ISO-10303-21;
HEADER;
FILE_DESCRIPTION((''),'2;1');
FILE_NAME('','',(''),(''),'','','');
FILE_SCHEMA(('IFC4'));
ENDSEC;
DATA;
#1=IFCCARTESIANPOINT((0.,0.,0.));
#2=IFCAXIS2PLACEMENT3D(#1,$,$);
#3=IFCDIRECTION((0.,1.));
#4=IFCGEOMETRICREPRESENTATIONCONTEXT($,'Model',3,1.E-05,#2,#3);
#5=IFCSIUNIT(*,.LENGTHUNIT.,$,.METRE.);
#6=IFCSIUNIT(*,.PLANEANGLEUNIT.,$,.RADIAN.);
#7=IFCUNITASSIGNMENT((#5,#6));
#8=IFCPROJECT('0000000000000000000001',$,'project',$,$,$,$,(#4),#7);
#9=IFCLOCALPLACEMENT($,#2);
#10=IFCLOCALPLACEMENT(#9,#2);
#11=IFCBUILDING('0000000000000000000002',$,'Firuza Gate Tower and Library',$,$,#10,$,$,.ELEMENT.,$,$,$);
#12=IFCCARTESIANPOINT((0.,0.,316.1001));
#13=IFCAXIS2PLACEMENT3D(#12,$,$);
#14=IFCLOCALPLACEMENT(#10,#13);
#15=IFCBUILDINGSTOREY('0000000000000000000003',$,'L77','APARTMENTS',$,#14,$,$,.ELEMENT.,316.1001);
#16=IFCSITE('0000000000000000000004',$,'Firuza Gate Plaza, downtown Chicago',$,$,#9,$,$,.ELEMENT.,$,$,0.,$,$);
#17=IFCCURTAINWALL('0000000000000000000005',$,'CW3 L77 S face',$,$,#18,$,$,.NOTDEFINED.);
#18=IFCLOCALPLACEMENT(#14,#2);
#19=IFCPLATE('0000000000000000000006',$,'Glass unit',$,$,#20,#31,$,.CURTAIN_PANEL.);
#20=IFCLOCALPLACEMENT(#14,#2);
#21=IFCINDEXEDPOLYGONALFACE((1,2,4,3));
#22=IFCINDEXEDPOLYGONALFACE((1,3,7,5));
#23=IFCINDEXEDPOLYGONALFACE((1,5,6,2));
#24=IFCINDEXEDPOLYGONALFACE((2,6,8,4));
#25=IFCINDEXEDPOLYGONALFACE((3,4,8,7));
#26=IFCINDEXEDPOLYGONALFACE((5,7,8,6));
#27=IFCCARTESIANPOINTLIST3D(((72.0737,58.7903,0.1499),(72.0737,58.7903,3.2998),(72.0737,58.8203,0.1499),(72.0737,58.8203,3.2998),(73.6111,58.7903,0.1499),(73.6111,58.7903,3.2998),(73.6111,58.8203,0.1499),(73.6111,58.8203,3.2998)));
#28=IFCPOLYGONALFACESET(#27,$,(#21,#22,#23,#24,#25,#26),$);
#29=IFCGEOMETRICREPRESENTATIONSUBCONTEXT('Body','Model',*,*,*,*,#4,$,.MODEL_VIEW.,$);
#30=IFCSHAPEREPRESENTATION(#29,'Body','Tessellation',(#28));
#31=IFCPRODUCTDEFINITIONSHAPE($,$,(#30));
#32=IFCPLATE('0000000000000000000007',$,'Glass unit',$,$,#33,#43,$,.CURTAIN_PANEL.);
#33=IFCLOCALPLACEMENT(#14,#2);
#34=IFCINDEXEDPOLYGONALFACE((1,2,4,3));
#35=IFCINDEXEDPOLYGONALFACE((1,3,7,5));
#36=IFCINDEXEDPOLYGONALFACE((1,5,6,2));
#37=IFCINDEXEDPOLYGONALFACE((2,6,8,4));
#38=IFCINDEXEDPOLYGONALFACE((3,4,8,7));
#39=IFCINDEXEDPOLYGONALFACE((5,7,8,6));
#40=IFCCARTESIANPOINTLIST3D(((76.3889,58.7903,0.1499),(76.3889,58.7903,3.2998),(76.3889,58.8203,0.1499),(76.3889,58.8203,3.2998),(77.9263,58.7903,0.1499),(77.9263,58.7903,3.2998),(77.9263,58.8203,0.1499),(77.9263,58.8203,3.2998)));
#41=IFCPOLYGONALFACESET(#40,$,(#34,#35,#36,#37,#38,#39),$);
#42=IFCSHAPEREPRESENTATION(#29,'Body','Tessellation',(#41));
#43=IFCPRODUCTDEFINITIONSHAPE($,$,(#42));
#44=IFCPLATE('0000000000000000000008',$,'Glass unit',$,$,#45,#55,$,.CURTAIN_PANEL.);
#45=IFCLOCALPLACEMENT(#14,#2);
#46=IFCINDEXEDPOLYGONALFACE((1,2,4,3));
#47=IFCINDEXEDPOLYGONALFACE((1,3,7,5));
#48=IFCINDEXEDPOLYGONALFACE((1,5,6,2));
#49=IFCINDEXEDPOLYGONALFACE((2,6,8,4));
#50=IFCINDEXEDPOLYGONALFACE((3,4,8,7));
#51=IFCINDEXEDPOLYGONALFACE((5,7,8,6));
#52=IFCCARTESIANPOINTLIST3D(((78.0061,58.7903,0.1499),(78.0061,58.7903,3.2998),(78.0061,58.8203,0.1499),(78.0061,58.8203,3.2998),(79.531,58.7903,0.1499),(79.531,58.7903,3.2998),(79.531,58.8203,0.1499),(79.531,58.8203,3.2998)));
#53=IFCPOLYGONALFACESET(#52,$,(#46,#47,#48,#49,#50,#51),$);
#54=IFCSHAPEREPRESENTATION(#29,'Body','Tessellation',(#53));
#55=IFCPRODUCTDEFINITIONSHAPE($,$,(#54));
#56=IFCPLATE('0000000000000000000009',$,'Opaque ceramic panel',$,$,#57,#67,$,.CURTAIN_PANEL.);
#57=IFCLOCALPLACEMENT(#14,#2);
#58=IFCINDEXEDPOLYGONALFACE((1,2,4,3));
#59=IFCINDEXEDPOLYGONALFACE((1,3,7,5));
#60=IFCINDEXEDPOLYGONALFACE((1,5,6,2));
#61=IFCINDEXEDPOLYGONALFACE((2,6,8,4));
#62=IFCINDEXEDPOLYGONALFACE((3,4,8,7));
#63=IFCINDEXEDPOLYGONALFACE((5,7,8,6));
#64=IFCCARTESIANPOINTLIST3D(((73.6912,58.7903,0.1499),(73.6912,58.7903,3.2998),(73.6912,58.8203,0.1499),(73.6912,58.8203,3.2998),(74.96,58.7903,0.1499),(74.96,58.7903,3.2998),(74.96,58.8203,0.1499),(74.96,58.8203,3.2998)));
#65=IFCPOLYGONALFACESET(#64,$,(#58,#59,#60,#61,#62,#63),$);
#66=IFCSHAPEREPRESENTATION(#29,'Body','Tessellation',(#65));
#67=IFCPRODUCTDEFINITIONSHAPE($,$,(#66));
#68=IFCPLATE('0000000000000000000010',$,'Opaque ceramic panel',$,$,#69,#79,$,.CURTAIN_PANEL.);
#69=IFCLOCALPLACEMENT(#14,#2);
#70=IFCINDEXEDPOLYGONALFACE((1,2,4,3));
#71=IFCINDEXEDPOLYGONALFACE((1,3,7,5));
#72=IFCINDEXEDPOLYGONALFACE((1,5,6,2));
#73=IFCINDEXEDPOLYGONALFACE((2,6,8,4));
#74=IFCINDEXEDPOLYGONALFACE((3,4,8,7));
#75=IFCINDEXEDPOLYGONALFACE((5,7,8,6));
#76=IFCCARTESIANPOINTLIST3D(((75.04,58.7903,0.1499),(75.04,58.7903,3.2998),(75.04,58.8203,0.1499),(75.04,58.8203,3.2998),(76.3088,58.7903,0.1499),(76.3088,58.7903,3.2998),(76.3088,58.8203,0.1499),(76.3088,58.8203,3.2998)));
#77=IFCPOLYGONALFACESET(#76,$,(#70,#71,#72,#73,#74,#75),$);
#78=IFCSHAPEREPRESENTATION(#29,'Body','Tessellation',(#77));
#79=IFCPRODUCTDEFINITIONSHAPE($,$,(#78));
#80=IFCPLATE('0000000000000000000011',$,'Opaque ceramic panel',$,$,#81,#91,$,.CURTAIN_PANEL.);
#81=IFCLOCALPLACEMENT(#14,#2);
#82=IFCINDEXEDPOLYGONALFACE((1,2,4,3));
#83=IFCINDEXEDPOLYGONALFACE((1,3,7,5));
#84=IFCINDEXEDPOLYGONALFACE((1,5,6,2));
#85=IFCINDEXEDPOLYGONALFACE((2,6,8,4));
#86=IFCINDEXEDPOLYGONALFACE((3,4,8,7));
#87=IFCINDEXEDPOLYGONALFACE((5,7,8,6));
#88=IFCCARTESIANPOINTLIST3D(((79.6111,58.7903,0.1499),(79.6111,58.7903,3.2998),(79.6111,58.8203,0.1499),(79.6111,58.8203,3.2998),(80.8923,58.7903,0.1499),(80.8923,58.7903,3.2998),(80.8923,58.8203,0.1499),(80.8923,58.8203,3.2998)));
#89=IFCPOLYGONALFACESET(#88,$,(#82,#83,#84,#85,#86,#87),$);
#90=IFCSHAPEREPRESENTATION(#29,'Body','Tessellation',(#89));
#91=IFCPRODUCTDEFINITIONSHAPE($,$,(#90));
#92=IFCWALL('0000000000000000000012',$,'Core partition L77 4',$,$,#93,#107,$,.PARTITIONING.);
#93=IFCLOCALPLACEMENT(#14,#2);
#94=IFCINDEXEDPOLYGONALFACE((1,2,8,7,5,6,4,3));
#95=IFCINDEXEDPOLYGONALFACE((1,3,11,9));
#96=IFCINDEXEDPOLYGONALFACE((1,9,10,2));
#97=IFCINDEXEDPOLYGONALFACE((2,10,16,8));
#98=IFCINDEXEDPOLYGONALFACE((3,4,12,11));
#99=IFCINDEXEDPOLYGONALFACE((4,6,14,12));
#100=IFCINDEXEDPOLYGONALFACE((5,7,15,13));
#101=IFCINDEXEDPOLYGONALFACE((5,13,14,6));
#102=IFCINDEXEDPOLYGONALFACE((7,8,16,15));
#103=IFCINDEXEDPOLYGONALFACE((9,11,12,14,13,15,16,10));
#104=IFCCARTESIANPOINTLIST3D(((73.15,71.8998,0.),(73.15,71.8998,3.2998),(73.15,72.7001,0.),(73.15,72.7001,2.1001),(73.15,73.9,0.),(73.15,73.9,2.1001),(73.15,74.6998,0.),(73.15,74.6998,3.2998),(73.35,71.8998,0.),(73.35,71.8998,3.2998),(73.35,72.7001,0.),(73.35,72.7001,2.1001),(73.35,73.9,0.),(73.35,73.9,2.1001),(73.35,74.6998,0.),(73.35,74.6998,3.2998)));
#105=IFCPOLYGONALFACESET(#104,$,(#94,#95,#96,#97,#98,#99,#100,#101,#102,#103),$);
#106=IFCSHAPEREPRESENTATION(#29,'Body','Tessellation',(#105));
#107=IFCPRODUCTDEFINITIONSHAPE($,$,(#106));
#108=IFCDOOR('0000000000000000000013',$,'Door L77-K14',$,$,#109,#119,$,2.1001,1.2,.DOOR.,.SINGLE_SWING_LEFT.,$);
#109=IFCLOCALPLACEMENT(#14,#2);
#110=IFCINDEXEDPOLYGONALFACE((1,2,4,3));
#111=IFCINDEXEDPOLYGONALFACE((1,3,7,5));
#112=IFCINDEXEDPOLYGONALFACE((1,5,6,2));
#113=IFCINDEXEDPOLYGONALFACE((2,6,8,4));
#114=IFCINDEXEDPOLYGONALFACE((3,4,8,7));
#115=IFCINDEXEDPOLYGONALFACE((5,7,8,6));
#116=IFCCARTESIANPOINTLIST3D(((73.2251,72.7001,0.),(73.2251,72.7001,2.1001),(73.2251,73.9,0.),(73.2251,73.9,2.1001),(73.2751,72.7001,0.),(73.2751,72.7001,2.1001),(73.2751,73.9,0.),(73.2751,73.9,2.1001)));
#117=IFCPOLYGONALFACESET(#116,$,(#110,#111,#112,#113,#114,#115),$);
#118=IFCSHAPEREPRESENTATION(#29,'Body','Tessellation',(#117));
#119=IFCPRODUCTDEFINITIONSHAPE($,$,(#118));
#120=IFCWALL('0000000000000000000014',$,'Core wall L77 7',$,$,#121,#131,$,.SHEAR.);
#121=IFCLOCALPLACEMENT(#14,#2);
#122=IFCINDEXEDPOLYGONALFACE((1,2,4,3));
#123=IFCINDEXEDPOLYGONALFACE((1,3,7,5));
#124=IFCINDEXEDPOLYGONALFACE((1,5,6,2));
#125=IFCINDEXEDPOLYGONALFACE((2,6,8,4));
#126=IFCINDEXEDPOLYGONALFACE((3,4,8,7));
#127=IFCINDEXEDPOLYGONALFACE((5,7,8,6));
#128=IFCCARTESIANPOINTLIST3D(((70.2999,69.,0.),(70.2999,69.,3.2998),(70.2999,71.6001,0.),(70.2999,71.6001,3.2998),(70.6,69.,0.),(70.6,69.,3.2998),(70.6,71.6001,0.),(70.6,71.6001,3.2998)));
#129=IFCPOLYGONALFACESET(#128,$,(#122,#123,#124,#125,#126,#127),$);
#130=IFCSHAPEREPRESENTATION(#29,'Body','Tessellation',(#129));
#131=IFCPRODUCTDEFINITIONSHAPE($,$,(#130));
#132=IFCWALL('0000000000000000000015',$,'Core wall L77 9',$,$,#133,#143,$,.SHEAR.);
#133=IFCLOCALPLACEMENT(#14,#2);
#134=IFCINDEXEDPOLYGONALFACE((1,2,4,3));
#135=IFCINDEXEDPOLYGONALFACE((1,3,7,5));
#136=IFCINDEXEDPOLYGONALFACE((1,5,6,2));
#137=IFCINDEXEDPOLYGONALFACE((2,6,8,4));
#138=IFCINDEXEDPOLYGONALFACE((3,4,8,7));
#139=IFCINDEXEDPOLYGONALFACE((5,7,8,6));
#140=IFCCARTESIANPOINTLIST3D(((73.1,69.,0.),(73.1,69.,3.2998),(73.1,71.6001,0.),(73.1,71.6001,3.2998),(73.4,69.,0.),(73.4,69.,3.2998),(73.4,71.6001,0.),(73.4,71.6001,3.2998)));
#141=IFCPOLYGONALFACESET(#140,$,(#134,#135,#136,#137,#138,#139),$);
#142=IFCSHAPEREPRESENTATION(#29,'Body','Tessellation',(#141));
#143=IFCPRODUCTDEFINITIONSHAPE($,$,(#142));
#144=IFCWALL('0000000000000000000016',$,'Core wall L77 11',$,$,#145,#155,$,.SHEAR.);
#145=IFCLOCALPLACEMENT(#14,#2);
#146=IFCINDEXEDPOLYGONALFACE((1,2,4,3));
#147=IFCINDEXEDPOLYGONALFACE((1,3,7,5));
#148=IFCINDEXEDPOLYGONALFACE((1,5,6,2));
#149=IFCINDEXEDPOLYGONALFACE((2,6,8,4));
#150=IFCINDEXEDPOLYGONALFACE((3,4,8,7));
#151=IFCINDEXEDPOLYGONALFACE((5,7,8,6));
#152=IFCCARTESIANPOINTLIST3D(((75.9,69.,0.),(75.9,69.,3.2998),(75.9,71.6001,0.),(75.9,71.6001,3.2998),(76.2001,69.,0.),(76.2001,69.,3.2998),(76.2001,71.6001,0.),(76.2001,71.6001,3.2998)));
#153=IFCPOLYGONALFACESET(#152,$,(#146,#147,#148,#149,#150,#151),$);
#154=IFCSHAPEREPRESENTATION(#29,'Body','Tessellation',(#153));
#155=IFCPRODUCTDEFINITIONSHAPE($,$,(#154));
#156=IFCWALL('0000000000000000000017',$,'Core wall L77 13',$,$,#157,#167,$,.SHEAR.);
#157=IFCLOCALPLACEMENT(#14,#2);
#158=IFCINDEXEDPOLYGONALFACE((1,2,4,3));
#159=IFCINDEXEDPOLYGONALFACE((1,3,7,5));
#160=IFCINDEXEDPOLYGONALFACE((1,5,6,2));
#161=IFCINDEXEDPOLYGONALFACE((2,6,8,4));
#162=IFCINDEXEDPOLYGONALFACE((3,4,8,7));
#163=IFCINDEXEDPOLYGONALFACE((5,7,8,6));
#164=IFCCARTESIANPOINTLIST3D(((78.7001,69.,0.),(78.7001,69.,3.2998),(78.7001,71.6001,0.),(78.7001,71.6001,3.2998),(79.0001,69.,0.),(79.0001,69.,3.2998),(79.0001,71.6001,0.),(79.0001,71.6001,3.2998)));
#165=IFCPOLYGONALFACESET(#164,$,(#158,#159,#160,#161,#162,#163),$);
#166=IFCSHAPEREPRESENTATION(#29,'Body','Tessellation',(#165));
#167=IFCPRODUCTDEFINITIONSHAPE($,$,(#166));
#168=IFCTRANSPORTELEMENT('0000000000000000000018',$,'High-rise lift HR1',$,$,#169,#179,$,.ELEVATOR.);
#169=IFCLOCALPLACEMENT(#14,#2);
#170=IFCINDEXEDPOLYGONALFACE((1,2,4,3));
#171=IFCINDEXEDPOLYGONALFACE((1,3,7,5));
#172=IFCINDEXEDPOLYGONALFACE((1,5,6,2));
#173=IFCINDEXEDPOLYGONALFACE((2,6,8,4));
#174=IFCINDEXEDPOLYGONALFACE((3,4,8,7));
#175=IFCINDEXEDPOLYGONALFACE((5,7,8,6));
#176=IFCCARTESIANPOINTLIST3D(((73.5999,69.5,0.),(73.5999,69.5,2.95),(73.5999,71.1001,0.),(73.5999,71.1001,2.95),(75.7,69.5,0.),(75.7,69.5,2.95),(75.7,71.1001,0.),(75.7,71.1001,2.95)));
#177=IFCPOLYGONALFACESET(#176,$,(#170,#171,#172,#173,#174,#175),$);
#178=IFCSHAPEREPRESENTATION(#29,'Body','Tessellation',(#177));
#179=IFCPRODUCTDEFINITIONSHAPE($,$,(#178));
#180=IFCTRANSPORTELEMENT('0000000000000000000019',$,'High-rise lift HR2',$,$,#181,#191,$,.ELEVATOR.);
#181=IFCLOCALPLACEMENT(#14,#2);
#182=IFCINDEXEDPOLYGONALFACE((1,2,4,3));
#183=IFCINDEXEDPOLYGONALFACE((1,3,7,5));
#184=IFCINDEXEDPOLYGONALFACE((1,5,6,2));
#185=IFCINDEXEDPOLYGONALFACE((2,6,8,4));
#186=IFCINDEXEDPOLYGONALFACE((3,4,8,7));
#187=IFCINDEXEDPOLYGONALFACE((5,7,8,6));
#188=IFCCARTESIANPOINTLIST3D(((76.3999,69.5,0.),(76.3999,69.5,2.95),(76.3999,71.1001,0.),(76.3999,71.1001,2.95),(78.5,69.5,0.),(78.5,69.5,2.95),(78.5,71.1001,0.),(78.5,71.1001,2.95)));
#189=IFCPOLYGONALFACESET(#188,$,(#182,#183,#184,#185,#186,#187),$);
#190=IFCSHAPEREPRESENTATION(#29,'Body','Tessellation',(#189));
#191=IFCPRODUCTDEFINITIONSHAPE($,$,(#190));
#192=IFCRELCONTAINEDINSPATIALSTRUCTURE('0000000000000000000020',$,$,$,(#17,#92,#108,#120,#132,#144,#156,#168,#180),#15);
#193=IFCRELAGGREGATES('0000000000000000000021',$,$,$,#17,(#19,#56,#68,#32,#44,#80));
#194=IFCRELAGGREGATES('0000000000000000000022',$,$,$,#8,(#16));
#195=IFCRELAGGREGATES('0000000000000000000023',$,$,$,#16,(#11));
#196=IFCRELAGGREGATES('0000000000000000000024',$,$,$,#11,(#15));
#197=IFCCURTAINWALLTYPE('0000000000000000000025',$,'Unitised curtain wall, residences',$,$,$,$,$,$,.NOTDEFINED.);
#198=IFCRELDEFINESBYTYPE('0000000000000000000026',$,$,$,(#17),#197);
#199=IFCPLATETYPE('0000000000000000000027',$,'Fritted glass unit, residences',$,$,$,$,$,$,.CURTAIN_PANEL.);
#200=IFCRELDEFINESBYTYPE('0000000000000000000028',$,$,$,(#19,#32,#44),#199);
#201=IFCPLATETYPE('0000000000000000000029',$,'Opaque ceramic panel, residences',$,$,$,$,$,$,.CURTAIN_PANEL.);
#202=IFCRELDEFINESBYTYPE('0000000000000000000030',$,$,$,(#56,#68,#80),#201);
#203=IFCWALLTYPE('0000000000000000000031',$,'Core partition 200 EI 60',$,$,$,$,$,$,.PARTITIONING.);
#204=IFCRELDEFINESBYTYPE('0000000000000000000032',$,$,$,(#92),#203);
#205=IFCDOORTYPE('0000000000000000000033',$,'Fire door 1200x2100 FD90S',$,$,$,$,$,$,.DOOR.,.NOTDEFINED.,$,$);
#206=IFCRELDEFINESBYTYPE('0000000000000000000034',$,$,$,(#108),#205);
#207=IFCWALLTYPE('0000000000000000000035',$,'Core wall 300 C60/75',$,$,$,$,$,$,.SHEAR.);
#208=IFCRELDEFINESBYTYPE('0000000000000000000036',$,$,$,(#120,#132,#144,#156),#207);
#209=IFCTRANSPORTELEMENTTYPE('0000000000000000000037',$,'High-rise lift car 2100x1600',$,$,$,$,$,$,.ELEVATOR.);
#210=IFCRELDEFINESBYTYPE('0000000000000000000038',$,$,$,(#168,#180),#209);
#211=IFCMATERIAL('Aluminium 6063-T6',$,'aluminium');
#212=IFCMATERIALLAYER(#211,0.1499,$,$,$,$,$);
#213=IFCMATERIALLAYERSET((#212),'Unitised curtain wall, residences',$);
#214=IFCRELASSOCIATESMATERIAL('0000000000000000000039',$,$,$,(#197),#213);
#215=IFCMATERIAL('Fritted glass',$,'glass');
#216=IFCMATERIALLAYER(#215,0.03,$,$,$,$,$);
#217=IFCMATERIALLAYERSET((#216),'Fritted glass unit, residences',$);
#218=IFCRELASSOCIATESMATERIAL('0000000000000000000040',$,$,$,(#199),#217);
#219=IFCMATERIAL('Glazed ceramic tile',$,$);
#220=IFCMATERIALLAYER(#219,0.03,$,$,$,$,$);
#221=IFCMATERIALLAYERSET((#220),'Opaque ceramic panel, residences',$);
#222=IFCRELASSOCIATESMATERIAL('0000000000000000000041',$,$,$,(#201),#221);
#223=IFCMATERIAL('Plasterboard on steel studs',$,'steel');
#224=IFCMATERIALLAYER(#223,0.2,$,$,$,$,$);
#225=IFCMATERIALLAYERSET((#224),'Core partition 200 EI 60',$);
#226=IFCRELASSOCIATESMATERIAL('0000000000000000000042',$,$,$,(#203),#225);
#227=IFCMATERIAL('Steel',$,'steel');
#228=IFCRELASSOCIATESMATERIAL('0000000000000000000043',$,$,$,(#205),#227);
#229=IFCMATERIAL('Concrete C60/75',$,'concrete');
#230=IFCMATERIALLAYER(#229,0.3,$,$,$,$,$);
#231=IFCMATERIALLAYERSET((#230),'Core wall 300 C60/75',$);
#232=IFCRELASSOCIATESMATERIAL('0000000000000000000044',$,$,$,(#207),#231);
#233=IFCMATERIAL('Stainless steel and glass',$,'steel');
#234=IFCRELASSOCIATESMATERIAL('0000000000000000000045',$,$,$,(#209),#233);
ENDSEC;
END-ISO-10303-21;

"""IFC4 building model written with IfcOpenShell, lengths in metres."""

from ifc_helpers import new_model, si_unit, direction, frame, frame_2d, origin, origin_2d, place, context, subcontext, project, spatial, polyline, rectangle, outline, extrude, material, layer, layer_set, type_object, element, fill, aggregate, save


model = new_model("IFC4")

# Units and contexts
model_context = context("Model", 3, precision=1e-05, world=origin(), true_north=direction((0.0, 1.0)))
body_context = subcontext(model_context, "Body", "Model", "MODEL_VIEW")
ifc_project = project(units=[si_unit("LENGTHUNIT", "METRE"), si_unit("PLANEANGLEUNIT", "RADIAN")], contexts=[model_context])

# Site, building, storey
site_placement = place(None, origin())
site = spatial("IfcSite", under=ifc_project, at=site_placement, Name="Firuza Gate Plaza, downtown Chicago", CompositionType="ELEMENT", RefElevation=0.0)
building_placement = place(site_placement, origin())
building = spatial("IfcBuilding", under=site, at=building_placement, Name="Firuza Gate Tower and Library", CompositionType="ELEMENT")
storey_placement = place(building_placement, frame((0.0, 0.0, 316.1001)))
storey = spatial("IfcBuildingStorey", under=building, at=storey_placement, Name="L77", Description="APARTMENTS", CompositionType="ELEMENT", Elevation=316.1001)

# Curtain wall
ifc_material_1 = material(Name="Aluminium 6063-T6", Category="aluminium")
ifc_layer_1 = layer(ifc_material_1, 0.1499)
ifc_layer_set_1 = layer_set([ifc_layer_1], Name="Unitised curtain wall, residences")
curtain_wall_type = type_object("IfcCurtainWallType", Name="Unitised curtain wall, residences", PredefinedType="NOTDEFINED", material=ifc_layer_set_1)
curtain_wall_placement = place(storey_placement, origin())
curtain_wall = element("IfcCurtainWall", 1, at=curtain_wall_placement, inside=storey, type_object=curtain_wall_type, Name="CW3 L77 S face", PredefinedType="NOTDEFINED")

# Plates
ifc_material_2 = material(Name="Fritted glass", Category="glass")
ifc_layer_2 = layer(ifc_material_2, 0.03)
ifc_layer_set_2 = layer_set([ifc_layer_2], Name="Fritted glass unit, residences")
plate_type_1 = type_object("IfcPlateType", Name="Fritted glass unit, residences", PredefinedType="CURTAIN_PANEL", material=ifc_layer_set_2)
plate_1_placement = place(storey_placement, frame((72.0737, 58.7903, 0.1499), z_axis=(0.0, -1.0, 0.0), x_axis=(1.0, 0.0, 0.0)))
plate_1 = element("IfcPlate", 2, at=plate_1_placement, type_object=plate_type_1, Name="Glass unit", PredefinedType="CURTAIN_PANEL", context=body_context, shape_type="SweptSolid", body=[
    extrude(outline(polyline([(0.0, 0.0), (1.5374, 0.0), (1.5374, 3.1499), (0.0, 3.1499), (0.0, 0.0)])), origin(), (0.0, 0.0, -1.0), 0.03),
])
plate_2_placement = place(storey_placement, frame((76.3889, 58.7903, 0.1499), z_axis=(0.0, -1.0, 0.0), x_axis=(1.0, 0.0, 0.0)))
plate_2 = element("IfcPlate", 3, at=plate_2_placement, type_object=plate_type_1, Name="Glass unit", PredefinedType="CURTAIN_PANEL", context=body_context, shape_type="SweptSolid", body=[
    extrude(outline(polyline([(0.0, 0.0), (1.5374, 0.0), (1.5374, 3.1499), (0.0, 3.1499), (0.0, 0.0)])), origin(), (0.0, 0.0, -1.0), 0.03),
])
plate_3_placement = place(storey_placement, frame((78.0061, 58.7903, 0.1499), z_axis=(0.0, -1.0, 0.0), x_axis=(1.0, 0.0, 0.0)))
plate_3 = element("IfcPlate", 4, at=plate_3_placement, type_object=plate_type_1, Name="Glass unit", PredefinedType="CURTAIN_PANEL", context=body_context, shape_type="SweptSolid", body=[
    extrude(outline(polyline([(0.0, 0.0), (1.5249, 0.0), (1.5249, 3.1499), (0.0, 3.1499), (0.0, 0.0)])), origin(), (0.0, 0.0, -1.0), 0.03),
])
ifc_material_3 = material(Name="Glazed ceramic tile")
ifc_layer_3 = layer(ifc_material_3, 0.03)
ifc_layer_set_3 = layer_set([ifc_layer_3], Name="Opaque ceramic panel, residences")
plate_type_2 = type_object("IfcPlateType", Name="Opaque ceramic panel, residences", PredefinedType="CURTAIN_PANEL", material=ifc_layer_set_3)
plate_4_placement = place(storey_placement, frame((73.6912, 58.7903, 0.1499), z_axis=(0.0, -1.0, 0.0), x_axis=(1.0, 0.0, 0.0)))
plate_4 = element("IfcPlate", 5, at=plate_4_placement, type_object=plate_type_2, Name="Opaque ceramic panel", PredefinedType="CURTAIN_PANEL", context=body_context, shape_type="SweptSolid", body=[
    extrude(outline(polyline([(0.0, 0.0), (1.2688, 0.0), (1.2688, 3.1499), (0.0, 3.1499), (0.0, 0.0)])), origin(), (0.0, 0.0, -1.0), 0.03),
])
plate_5_placement = place(storey_placement, frame((75.04, 58.7903, 0.1499), z_axis=(0.0, -1.0, 0.0), x_axis=(1.0, 0.0, 0.0)))
plate_5 = element("IfcPlate", 6, at=plate_5_placement, type_object=plate_type_2, Name="Opaque ceramic panel", PredefinedType="CURTAIN_PANEL", context=body_context, shape_type="SweptSolid", body=[
    extrude(outline(polyline([(0.0, 0.0), (1.2688, 0.0), (1.2688, 3.1499), (0.0, 3.1499), (0.0, 0.0)])), origin(), (0.0, 0.0, -1.0), 0.03),
])
plate_6_placement = place(storey_placement, frame((79.6111, 58.7903, 0.1499), z_axis=(0.0, -1.0, 0.0), x_axis=(1.0, 0.0, 0.0)))
plate_6 = element("IfcPlate", 7, at=plate_6_placement, type_object=plate_type_2, Name="Opaque ceramic panel", PredefinedType="CURTAIN_PANEL", context=body_context, shape_type="SweptSolid", body=[
    extrude(outline(polyline([(0.0, 0.0), (1.2812, 0.0), (1.2812, 3.1499), (0.0, 3.1499), (0.0, 0.0)])), origin(), (0.0, 0.0, -1.0), 0.03),
])
aggregate(curtain_wall, [plate_1, plate_4, plate_5, plate_2, plate_3, plate_6])

# Wall, opening, door
ifc_material_4 = material(Name="Plasterboard on steel studs", Category="steel")
ifc_layer_4 = layer(ifc_material_4, 0.2)
ifc_layer_set_4 = layer_set([ifc_layer_4], Name="Core partition 200 EI 60")
wall_type_1 = type_object("IfcWallType", Name="Core partition 200 EI 60", PredefinedType="PARTITIONING", material=ifc_layer_set_4)
wall_placement = place(storey_placement, frame((73.25, 71.8999, 0.0), z_axis=(0.0, 0.0, 1.0), x_axis=(0.0, 1.0, 0.0)))
wall = element("IfcWall", 8, at=wall_placement, inside=storey, type_object=wall_type_1, Name="Core partition L77 4", PredefinedType="PARTITIONING", context=body_context, shape_type="SweptSolid", body=[
    extrude(rectangle(XDim=2.8, YDim=0.2, at=frame_2d((1.3999, 0.0))), origin(), (0.0, 0.0, 1.0), 3.2998),
])
opening_placement = place(wall_placement, frame((0.8, 0.0, 0.0)))
opening = element("IfcOpeningElement", 9, at=opening_placement, cuts=wall, PredefinedType="OPENING", context=body_context, shape_type="SweptSolid", body=[
    extrude(rectangle(XDim=1.2, YDim=2.1001, at=frame_2d((0.6001, 1.05))), frame((0.0, 0.1099, 0.0), z_axis=(0.0, -1.0, 0.0), x_axis=(1.0, 0.0, 0.0)), (0.0, 0.0, 1.0), 0.22),
])
ifc_material_5 = material(Name="Steel", Category="steel")
door_type = type_object("IfcDoorType", Name="Fire door 1200x2100 FD90S", OperationType="NOTDEFINED", PredefinedType="DOOR", material=ifc_material_5)
door_placement = place(opening_placement, origin())
door = element("IfcDoor", 10, at=door_placement, inside=storey, type_object=door_type, Name="Door L77-K14", OperationType="SINGLE_SWING_LEFT", OverallHeight=2.1001, OverallWidth=1.2, PredefinedType="DOOR", context=body_context, shape_type="SweptSolid", body=[
    extrude(rectangle(XDim=1.2, YDim=2.1001, at=frame_2d((0.6001, 1.05))), frame((0.0, 0.0249, 0.0), z_axis=(0.0, -1.0, 0.0), x_axis=(1.0, 0.0, 0.0)), (0.0, 0.0, 1.0), 0.05),
])
fill(opening, door)

# Walls
ifc_material_6 = material(Name="Concrete C60/75", Category="concrete")
ifc_layer_5 = layer(ifc_material_6, 0.3)
ifc_layer_set_5 = layer_set([ifc_layer_5], Name="Core wall 300 C60/75")
wall_type_2 = type_object("IfcWallType", Name="Core wall 300 C60/75", PredefinedType="SHEAR", material=ifc_layer_set_5)
for number, where, z_axis, x_axis, name in (
    (11, (70.45, 69.0, 0.0), (0.0, 0.0, 1.0), (0.0, 1.0, 0.0), "Core wall L77 7"),
    (12, (73.25, 69.0, 0.0), (0.0, 0.0, 1.0), (0.0, 1.0, 0.0), "Core wall L77 9"),
    (13, (76.05, 69.0, 0.0), (0.0, 0.0, 1.0), (0.0, 1.0, 0.0), "Core wall L77 11"),
    (14, (78.8501, 69.0, 0.0), (0.0, 0.0, 1.0), (0.0, 1.0, 0.0), "Core wall L77 13"),
):
    element("IfcWall", number, at=place(storey_placement, frame(where, z_axis=z_axis, x_axis=x_axis)), inside=storey, type_object=wall_type_2, Name=name, PredefinedType="SHEAR", context=body_context, shape_type="SweptSolid", body=[
        extrude(rectangle(XDim=2.6001, YDim=0.3, at=frame_2d((1.3, 0.0))), origin(), (0.0, 0.0, 1.0), 3.2998),
    ])

# Transport elements
ifc_material_7 = material(Name="Stainless steel and glass", Category="steel")
transport_element_type = type_object("IfcTransportElementType", Name="High-rise lift car 2100x1600", PredefinedType="ELEVATOR", material=ifc_material_7)
for number, where, z_axis, x_axis, name in (
    (15, (74.6499, 70.3, 0.0), (0.0, 0.0, 1.0), (1.0, 0.0, 0.0), "High-rise lift HR1"),
    (16, (77.45, 70.3, 0.0), (0.0, 0.0, 1.0), (1.0, 0.0, 0.0), "High-rise lift HR2"),
):
    element("IfcTransportElement", number, at=place(storey_placement, frame(where, z_axis=z_axis, x_axis=x_axis)), inside=storey, type_object=transport_element_type, Name=name, PredefinedType="ELEVATOR", context=body_context, shape_type="SweptSolid", body=[
        extrude(rectangle(XDim=2.1001, YDim=1.6001, at=origin_2d()), origin(), (0.0, 0.0, 1.0), 2.95),
    ])

save(model, "model.ifc")
